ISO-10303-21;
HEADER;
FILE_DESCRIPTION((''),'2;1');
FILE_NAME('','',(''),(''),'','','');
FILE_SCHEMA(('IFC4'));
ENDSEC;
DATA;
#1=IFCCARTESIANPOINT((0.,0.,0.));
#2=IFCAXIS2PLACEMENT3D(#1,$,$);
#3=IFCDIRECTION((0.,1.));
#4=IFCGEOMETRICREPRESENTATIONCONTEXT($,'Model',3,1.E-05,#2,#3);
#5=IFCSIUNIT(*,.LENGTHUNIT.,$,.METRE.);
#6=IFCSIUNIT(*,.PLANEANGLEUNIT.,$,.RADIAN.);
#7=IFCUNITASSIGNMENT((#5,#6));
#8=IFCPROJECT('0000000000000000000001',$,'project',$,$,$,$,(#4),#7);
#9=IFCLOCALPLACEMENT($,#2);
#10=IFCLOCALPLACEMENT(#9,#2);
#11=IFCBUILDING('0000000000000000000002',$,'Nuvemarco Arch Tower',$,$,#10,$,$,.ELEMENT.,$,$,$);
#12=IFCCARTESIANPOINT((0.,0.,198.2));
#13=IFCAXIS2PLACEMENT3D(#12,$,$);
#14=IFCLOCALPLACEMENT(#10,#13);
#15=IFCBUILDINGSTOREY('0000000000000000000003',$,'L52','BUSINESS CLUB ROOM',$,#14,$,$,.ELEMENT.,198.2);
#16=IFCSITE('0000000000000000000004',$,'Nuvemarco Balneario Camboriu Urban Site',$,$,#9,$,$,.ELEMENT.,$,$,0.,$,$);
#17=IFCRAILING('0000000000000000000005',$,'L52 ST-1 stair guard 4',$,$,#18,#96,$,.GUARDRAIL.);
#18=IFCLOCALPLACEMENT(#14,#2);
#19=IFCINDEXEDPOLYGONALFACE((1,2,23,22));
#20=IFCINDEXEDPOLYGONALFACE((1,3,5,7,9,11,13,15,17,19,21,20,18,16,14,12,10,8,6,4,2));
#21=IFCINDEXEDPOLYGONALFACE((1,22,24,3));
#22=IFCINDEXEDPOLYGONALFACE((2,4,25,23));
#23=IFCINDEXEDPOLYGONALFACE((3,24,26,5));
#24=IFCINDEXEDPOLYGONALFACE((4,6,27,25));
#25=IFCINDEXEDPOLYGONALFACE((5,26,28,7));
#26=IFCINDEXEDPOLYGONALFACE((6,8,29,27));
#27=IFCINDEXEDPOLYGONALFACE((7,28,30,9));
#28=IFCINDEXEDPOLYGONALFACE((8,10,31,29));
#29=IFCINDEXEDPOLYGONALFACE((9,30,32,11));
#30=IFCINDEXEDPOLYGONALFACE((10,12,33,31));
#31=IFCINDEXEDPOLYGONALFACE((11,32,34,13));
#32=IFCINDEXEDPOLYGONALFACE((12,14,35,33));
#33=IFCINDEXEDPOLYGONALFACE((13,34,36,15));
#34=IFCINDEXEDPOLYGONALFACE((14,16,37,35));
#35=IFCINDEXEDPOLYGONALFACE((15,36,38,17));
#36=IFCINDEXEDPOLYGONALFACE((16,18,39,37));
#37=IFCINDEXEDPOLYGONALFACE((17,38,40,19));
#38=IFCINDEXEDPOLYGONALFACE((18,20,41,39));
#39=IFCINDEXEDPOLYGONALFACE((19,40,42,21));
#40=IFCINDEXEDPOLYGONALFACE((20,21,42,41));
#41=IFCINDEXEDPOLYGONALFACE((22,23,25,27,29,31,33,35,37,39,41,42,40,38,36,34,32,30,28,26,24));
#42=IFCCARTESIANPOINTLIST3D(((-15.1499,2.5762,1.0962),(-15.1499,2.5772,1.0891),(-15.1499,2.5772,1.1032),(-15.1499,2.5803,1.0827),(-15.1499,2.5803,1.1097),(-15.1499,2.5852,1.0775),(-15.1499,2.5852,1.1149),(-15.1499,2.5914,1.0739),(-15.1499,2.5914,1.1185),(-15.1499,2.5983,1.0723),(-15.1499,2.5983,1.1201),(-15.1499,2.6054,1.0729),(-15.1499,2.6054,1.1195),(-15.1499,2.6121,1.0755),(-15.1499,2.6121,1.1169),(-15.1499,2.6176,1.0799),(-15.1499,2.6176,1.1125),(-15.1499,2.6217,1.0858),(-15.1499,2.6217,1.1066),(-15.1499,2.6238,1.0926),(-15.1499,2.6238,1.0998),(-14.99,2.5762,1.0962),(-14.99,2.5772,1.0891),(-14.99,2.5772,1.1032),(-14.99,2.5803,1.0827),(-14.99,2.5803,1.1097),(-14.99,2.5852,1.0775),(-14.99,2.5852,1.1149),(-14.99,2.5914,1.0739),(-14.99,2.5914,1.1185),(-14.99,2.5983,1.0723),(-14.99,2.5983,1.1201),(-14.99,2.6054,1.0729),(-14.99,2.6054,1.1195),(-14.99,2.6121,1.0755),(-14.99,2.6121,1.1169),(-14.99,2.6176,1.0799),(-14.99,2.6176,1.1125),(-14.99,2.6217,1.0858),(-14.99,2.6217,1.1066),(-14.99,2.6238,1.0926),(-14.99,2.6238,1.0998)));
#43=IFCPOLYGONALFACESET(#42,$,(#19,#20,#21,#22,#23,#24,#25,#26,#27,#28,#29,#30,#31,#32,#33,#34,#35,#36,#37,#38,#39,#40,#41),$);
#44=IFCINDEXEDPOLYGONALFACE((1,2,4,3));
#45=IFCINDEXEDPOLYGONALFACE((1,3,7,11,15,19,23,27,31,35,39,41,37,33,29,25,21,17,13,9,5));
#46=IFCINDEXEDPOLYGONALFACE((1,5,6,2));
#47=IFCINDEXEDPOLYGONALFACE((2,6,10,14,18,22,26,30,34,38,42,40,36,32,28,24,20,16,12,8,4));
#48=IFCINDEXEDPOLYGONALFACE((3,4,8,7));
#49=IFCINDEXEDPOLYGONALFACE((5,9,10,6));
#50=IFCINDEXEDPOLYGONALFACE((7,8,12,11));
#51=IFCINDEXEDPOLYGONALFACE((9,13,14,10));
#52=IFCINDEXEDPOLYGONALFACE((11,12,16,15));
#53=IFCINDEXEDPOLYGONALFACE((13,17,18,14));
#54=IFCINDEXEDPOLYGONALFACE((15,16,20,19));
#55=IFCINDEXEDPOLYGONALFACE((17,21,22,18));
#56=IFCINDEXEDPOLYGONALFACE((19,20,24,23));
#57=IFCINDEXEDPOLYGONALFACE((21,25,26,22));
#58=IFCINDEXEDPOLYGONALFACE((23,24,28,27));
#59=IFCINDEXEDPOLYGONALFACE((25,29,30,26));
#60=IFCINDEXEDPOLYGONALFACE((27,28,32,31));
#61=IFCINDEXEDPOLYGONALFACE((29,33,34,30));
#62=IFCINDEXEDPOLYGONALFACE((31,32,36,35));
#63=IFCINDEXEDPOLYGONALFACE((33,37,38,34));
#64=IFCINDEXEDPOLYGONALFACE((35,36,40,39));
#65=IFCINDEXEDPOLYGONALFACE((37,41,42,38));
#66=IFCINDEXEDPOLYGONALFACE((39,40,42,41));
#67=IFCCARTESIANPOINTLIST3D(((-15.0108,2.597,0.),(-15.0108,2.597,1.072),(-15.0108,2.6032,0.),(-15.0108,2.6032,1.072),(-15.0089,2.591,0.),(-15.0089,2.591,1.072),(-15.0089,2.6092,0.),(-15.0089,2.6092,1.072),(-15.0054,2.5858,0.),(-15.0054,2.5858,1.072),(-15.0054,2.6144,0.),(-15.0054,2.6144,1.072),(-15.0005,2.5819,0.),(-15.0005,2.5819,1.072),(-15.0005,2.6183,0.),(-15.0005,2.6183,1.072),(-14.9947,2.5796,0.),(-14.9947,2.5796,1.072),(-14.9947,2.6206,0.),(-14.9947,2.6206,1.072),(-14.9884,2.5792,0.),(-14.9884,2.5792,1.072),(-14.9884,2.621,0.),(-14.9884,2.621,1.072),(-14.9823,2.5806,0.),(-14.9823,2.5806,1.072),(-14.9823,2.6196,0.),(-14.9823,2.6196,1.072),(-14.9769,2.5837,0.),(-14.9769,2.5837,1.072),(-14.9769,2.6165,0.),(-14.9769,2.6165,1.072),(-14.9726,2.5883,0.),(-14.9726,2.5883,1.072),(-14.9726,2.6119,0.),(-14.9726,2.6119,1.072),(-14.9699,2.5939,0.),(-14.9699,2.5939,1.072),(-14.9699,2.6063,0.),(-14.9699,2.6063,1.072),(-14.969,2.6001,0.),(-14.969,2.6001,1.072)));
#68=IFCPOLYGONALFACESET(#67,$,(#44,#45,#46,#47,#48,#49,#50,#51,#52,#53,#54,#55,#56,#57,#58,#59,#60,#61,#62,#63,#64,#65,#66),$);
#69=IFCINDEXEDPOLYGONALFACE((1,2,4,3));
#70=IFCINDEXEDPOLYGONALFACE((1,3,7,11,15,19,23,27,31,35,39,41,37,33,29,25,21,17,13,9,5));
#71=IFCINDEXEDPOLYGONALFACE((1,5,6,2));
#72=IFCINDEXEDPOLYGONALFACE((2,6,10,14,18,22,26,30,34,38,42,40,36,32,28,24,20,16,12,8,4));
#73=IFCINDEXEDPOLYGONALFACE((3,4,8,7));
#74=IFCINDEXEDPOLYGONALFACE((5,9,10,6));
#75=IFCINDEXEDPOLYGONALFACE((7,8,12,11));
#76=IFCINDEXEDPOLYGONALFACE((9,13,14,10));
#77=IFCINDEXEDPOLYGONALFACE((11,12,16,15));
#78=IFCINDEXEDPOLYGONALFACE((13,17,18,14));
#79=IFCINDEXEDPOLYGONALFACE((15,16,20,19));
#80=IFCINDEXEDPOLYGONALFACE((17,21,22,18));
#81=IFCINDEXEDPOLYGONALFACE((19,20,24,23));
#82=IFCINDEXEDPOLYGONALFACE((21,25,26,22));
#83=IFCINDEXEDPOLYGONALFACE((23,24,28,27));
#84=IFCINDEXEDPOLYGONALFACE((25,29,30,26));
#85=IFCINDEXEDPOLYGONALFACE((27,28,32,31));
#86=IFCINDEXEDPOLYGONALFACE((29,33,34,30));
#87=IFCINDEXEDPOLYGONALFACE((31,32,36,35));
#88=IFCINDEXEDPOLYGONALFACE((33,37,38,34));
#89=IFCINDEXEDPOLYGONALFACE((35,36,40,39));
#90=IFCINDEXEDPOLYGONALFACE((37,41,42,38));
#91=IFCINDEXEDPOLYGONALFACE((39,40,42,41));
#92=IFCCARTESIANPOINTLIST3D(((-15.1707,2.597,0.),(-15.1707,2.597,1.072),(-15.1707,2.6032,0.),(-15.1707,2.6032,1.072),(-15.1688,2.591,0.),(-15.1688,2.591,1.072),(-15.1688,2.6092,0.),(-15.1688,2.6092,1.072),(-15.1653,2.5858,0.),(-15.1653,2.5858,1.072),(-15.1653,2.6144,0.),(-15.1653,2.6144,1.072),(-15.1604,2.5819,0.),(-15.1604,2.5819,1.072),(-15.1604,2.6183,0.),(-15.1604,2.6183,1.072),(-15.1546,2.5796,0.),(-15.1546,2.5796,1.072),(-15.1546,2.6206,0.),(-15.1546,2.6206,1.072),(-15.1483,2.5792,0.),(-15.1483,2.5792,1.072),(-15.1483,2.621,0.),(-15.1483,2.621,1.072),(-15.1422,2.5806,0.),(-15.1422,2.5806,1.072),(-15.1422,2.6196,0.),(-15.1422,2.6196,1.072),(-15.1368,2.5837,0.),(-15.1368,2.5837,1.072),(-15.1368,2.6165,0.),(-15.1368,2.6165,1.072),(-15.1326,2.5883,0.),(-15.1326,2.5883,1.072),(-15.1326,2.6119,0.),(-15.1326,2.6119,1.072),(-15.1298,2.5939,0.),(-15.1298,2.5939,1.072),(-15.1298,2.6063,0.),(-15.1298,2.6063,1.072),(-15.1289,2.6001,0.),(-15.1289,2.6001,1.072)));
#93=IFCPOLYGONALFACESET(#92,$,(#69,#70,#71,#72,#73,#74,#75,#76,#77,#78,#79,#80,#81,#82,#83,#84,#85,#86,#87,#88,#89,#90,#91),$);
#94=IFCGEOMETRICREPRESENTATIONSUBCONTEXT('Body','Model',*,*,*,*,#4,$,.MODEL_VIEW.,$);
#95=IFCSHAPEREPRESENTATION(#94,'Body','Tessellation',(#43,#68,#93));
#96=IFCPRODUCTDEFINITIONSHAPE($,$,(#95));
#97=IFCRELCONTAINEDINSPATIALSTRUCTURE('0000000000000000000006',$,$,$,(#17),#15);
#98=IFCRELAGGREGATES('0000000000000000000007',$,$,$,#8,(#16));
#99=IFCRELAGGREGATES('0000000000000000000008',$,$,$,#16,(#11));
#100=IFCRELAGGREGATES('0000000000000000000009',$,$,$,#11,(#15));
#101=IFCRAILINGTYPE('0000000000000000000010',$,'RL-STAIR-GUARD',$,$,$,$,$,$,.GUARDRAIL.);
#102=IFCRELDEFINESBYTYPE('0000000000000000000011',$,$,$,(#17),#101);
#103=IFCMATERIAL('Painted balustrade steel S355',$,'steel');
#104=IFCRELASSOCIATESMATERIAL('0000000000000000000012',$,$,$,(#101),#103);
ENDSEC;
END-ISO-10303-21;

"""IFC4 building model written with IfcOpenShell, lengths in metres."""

from ifc_helpers import new_model, si_unit, direction, frame, origin, origin_2d, place, context, subcontext, project, spatial, circle, extrude, material, type_object, element, save


model = new_model("IFC4")

# Units and contexts
model_context = context("Model", 3, precision=1e-05, world=origin(), true_north=direction((0.0, 1.0)))
body_context = subcontext(model_context, "Body", "Model", "MODEL_VIEW")
ifc_project = project(units=[si_unit("LENGTHUNIT", "METRE"), si_unit("PLANEANGLEUNIT", "RADIAN")], contexts=[model_context])

# Site, building, storey
site_placement = place(None, origin())
site = spatial("IfcSite", under=ifc_project, at=site_placement, Name="Nuvemarco Balneario Camboriu Urban Site", CompositionType="ELEMENT", RefElevation=0.0)
building_placement = place(site_placement, origin())
building = spatial("IfcBuilding", under=site, at=building_placement, Name="Nuvemarco Arch Tower", CompositionType="ELEMENT")
storey_placement = place(building_placement, frame((0.0, 0.0, 198.2)))
storey = spatial("IfcBuildingStorey", under=building, at=storey_placement, Name="L52", Description="BUSINESS CLUB ROOM", CompositionType="ELEMENT", Elevation=198.2)

# Railing
ifc_material_1 = material(Name="Painted balustrade steel S355", Category="steel")
railing_type_1 = type_object("IfcRailingType", Name="RL-STAIR-GUARD", PredefinedType="GUARDRAIL", material=ifc_material_1)
railing_1_placement = place(storey_placement, frame((-14.99, 2.6001, 0.0)))
element("IfcRailing", 1, at=railing_1_placement, inside=storey, type_object=railing_type_1, Name="L52 ST-1 stair guard 4", PredefinedType="GUARDRAIL", context=body_context, shape_type="SweptSolid", body=[
    extrude(circle(Radius=0.0239, at=origin_2d()), frame((0.0, 0.0, 1.0962), z_axis=(-1.0, 0.0, 0.0), x_axis=(0.0, -1.0, 0.0)), (0.0, 0.0, 1.0), 0.1599),
    extrude(circle(Radius=0.021, at=origin_2d()), origin(), (0.0, 0.0, 1.0), 1.072),
    extrude(circle(Radius=0.021, at=origin_2d()), frame((-0.1599, 0.0, 0.0)), (0.0, 0.0, 1.0), 1.072),
])

save(model, "model.ifc")
